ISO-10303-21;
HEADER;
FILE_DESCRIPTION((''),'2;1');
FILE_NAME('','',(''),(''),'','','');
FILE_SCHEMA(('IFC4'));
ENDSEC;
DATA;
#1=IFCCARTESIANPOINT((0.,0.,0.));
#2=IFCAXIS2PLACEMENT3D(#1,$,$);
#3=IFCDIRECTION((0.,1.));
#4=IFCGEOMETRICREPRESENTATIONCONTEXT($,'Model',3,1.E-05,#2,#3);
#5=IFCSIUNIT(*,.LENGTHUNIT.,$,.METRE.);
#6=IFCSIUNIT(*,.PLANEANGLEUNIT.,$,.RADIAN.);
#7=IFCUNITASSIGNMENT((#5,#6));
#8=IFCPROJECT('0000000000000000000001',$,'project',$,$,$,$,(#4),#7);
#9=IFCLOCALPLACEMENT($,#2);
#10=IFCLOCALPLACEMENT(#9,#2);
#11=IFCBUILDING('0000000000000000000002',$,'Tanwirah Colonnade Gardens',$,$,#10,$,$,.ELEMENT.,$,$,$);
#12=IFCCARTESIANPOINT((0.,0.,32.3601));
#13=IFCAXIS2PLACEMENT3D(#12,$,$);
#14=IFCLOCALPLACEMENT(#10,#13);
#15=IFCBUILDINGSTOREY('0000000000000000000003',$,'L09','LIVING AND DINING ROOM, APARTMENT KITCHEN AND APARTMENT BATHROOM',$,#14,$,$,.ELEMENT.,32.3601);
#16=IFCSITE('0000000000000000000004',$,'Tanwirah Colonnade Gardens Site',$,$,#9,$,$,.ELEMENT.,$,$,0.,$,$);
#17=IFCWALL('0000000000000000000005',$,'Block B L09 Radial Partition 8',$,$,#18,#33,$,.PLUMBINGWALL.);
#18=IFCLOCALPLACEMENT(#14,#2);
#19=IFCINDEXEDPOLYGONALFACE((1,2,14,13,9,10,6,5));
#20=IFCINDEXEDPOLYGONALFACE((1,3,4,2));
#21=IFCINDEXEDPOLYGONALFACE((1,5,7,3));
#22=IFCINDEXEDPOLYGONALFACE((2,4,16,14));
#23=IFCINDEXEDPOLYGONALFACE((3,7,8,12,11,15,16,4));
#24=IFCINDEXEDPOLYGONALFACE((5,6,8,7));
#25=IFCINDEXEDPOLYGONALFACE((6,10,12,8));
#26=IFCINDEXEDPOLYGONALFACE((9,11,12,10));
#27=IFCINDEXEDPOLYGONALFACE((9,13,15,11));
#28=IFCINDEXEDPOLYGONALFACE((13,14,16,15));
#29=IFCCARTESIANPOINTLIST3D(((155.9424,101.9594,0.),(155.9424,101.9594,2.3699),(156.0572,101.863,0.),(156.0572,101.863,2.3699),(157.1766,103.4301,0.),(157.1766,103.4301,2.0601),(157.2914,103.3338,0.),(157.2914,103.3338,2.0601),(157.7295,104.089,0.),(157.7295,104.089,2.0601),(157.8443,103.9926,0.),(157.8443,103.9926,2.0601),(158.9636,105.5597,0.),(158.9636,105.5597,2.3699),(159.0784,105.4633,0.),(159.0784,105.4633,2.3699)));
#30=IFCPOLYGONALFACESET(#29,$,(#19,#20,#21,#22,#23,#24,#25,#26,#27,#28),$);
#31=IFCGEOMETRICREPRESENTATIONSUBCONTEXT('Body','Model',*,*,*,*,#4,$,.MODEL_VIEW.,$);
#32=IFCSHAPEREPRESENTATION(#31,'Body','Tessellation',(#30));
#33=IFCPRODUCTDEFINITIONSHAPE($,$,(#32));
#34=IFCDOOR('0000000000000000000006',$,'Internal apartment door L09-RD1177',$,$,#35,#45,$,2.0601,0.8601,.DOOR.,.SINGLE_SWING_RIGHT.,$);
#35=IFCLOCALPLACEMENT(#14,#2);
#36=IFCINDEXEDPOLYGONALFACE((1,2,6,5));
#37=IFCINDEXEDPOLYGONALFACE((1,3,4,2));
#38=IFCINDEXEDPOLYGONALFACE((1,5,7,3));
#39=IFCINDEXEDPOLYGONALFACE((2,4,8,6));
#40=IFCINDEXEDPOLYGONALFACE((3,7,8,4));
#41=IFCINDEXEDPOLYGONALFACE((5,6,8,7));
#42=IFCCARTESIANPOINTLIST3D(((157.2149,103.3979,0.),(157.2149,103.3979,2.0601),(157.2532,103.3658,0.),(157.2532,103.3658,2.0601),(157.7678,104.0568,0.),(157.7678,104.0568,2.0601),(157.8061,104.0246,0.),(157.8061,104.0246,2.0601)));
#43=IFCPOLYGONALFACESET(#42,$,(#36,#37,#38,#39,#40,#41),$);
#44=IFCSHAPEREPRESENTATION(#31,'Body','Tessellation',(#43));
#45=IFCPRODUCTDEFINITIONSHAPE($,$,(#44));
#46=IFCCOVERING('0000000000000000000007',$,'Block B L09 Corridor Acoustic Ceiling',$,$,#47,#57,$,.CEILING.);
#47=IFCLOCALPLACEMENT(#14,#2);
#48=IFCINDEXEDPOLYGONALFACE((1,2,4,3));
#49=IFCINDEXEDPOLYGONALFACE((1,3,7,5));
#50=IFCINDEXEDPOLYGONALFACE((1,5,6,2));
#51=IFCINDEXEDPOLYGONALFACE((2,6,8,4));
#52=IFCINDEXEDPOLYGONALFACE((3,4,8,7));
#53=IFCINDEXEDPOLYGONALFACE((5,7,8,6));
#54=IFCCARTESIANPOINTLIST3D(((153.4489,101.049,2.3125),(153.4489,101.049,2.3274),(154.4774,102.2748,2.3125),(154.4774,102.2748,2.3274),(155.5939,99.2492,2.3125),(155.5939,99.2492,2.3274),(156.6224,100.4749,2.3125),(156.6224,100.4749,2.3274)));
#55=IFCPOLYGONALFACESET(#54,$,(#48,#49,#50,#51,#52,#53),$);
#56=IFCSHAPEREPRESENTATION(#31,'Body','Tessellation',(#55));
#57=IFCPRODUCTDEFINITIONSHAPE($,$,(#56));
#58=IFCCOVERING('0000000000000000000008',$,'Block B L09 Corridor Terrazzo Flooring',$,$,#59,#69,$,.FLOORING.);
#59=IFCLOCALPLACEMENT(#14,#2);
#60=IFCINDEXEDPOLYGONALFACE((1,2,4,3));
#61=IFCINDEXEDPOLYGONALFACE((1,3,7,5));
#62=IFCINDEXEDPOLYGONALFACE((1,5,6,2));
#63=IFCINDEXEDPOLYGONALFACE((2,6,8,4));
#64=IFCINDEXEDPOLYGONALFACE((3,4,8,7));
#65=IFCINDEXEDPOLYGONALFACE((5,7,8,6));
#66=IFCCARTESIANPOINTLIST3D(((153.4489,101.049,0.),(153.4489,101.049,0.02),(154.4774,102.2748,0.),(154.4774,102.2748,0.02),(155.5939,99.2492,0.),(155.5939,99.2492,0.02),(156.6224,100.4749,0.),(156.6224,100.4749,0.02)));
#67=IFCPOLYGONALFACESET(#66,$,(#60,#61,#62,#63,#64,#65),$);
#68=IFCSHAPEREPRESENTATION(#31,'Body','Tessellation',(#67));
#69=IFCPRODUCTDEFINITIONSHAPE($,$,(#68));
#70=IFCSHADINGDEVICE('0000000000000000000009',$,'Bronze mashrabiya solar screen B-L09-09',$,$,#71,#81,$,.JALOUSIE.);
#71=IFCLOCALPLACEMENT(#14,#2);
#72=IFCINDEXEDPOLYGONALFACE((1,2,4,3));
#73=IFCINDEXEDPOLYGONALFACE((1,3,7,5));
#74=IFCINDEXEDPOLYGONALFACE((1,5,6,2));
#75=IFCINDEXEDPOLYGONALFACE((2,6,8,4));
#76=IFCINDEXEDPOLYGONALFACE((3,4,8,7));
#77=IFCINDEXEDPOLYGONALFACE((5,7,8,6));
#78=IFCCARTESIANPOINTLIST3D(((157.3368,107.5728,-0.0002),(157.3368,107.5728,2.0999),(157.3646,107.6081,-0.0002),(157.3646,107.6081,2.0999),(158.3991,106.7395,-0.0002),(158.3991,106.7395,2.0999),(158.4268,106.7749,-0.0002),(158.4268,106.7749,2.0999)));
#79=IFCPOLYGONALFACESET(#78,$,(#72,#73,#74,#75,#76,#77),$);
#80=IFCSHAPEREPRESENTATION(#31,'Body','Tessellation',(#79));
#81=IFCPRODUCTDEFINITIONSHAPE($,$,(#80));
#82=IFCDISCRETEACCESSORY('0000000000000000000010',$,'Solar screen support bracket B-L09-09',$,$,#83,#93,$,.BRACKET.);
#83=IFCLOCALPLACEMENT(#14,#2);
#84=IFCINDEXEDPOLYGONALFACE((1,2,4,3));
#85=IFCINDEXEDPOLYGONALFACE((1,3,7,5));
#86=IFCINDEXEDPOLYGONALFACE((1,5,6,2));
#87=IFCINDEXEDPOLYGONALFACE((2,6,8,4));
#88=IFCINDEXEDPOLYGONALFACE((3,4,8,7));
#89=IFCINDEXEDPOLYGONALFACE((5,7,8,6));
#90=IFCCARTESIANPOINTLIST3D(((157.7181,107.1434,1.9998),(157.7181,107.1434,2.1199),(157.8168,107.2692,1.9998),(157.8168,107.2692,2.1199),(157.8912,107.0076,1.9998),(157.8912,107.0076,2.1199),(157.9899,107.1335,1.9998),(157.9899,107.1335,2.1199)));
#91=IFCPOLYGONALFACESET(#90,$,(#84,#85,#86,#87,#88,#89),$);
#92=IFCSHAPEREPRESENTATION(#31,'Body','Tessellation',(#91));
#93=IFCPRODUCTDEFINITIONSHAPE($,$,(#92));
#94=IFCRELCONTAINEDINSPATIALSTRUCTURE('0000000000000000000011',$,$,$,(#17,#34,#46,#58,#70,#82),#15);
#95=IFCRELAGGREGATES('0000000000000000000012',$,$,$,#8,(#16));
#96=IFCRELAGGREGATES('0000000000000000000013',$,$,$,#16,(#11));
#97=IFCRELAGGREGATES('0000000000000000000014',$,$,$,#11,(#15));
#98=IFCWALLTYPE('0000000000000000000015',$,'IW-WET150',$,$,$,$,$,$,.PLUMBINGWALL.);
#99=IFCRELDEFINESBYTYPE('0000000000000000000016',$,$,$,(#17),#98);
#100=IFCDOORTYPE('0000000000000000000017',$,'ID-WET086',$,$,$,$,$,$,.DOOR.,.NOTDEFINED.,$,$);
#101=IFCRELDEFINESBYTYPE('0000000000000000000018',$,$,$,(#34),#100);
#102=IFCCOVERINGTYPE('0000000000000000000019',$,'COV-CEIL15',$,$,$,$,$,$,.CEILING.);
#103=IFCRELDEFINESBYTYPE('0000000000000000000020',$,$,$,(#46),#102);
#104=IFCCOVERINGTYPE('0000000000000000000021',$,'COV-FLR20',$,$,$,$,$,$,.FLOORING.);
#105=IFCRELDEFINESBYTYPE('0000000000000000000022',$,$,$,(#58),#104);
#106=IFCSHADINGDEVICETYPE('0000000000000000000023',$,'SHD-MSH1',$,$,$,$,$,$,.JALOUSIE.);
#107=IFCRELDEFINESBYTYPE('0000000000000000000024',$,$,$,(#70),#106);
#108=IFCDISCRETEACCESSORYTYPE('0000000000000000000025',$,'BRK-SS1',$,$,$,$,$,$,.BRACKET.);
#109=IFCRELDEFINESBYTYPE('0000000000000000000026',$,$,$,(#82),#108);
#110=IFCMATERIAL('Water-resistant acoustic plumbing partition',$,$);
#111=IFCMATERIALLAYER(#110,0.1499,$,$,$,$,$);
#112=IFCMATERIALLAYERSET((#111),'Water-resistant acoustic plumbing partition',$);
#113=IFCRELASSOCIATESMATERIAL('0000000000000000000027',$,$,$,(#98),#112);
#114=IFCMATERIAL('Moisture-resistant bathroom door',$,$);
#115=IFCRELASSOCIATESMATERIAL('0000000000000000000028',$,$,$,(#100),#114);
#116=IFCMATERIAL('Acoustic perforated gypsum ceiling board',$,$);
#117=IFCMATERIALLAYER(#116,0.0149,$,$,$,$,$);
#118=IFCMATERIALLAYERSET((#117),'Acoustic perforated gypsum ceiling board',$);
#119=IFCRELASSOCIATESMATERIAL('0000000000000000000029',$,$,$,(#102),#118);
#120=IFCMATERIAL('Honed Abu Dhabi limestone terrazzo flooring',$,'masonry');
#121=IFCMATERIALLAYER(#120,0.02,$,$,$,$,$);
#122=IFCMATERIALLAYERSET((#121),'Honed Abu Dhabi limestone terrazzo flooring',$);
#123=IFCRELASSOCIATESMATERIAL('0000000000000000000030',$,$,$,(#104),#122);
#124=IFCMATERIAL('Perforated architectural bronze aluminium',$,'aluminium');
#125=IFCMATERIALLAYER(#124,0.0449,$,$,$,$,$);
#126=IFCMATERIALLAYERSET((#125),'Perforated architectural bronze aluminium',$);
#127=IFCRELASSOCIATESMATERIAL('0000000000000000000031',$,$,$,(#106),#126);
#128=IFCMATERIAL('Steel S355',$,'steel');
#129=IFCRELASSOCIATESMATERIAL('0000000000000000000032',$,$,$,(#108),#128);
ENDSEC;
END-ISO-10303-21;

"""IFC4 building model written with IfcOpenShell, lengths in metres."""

from ifc_helpers import new_model, si_unit, direction, frame, frame_2d, origin, origin_2d, place, context, subcontext, project, spatial, rectangle, extrude, material, layer, layer_set, type_object, element, fill, save


model = new_model("IFC4")

# Units and contexts
model_context = context("Model", 3, precision=1e-05, world=origin(), true_north=direction((0.0, 1.0)))
body_context = subcontext(model_context, "Body", "Model", "MODEL_VIEW")
ifc_project = project(units=[si_unit("LENGTHUNIT", "METRE"), si_unit("PLANEANGLEUNIT", "RADIAN")], contexts=[model_context])

# Site, building, storey
site_placement = place(None, origin())
site = spatial("IfcSite", under=ifc_project, at=site_placement, Name="Tanwirah Colonnade Gardens Site", CompositionType="ELEMENT", RefElevation=0.0)
building_placement = place(site_placement, origin())
building = spatial("IfcBuilding", under=site, at=building_placement, Name="Tanwirah Colonnade Gardens", CompositionType="ELEMENT")
storey_placement = place(building_placement, frame((0.0, 0.0, 32.3601)))
storey = spatial("IfcBuildingStorey", under=building, at=storey_placement, Name="L09", Description="LIVING AND DINING ROOM, APARTMENT KITCHEN AND APARTMENT BATHROOM", CompositionType="ELEMENT", Elevation=32.3601)

# Wall, opening, door
ifc_material_1 = material(Name="Water-resistant acoustic plumbing partition")
ifc_layer_1 = layer(ifc_material_1, 0.1499)
ifc_layer_set_1 = layer_set([ifc_layer_1], Name="Water-resistant acoustic plumbing partition")
wall_type_1 = type_object("IfcWallType", Name="IW-WET150", PredefinedType="PLUMBINGWALL", material=ifc_layer_set_1)
wall_1_placement = place(storey_placement, frame((155.9998, 101.9111, 0.0), z_axis=(0.0, 0.0, 1.0), x_axis=(0.642812, 0.766024, 0.0)))
wall_1 = element("IfcWall", 1, at=wall_1_placement, inside=storey, type_object=wall_type_1, Name="Block B L09 Radial Partition 8", PredefinedType="PLUMBINGWALL", context=body_context, shape_type="SweptSolid", body=[
    extrude(rectangle(XDim=4.7, YDim=0.1499, at=frame_2d((2.3501, 0.0))), origin(), (0.0, 0.0, 1.0), 2.3699),
])
opening_1_placement = place(wall_1_placement, frame((1.9199, 0.0, 0.0)))
opening_1 = element("IfcOpeningElement", 2, at=opening_1_placement, cuts=wall_1, PredefinedType="OPENING", context=body_context, shape_type="SweptSolid", body=[
    extrude(rectangle(XDim=0.8601, YDim=2.0601, at=frame_2d((0.4302, 1.03))), frame((0.0, 0.085, 0.0), z_axis=(0.0, -1.0, 0.0), x_axis=(1.0, 0.0, 0.0)), (0.0, 0.0, 1.0), 0.1699),
])
ifc_material_2 = material(Name="Moisture-resistant bathroom door")
door_type_1 = type_object("IfcDoorType", Name="ID-WET086", OperationType="NOTDEFINED", PredefinedType="DOOR", material=ifc_material_2)
door_1_placement = place(opening_1_placement, origin())
door_1 = element("IfcDoor", 3, at=door_1_placement, inside=storey, type_object=door_type_1, Name="Internal apartment door L09-RD1177", OperationType="SINGLE_SWING_RIGHT", OverallHeight=2.0601, OverallWidth=0.8601, PredefinedType="DOOR", context=body_context, shape_type="SweptSolid", body=[
    extrude(rectangle(XDim=0.8601, YDim=2.0601, at=frame_2d((0.4302, 1.03))), frame((0.0, 0.0249, 0.0), z_axis=(0.0, -1.0, 0.0), x_axis=(1.0, 0.0, 0.0)), (0.0, 0.0, 1.0), 0.05),
])
fill(opening_1, door_1)

# Coverings
ifc_material_3 = material(Name="Acoustic perforated gypsum ceiling board")
ifc_layer_2 = layer(ifc_material_3, 0.0149)
ifc_layer_set_2 = layer_set([ifc_layer_2], Name="Acoustic perforated gypsum ceiling board")
covering_type_1 = type_object("IfcCoveringType", Name="COV-CEIL15", PredefinedType="CEILING", material=ifc_layer_set_2)
covering_1_placement = place(storey_placement, frame((155.0356, 100.762, 2.3125), z_axis=(0.0, 0.0, 1.0), x_axis=(-0.766044, 0.642788, 0.0)))
element("IfcCovering", 4, at=covering_1_placement, inside=storey, type_object=covering_type_1, Name="Block B L09 Corridor Acoustic Ceiling", PredefinedType="CEILING", context=body_context, shape_type="SweptSolid", body=[
    extrude(rectangle(XDim=2.8, YDim=1.6001, at=origin_2d()), origin(), (0.0, 0.0, 1.0), 0.0149),
])
ifc_material_4 = material(Name="Honed Abu Dhabi limestone terrazzo flooring", Category="masonry")
ifc_layer_3 = layer(ifc_material_4, 0.02)
ifc_layer_set_3 = layer_set([ifc_layer_3], Name="Honed Abu Dhabi limestone terrazzo flooring")
covering_type_2 = type_object("IfcCoveringType", Name="COV-FLR20", PredefinedType="FLOORING", material=ifc_layer_set_3)
covering_2_placement = place(storey_placement, frame((155.0356, 100.762, 0.0), z_axis=(0.0, 0.0, 1.0), x_axis=(-0.766044, 0.642788, 0.0)))
element("IfcCovering", 5, at=covering_2_placement, inside=storey, type_object=covering_type_2, Name="Block B L09 Corridor Terrazzo Flooring", PredefinedType="FLOORING", context=body_context, shape_type="SweptSolid", body=[
    extrude(rectangle(XDim=2.8, YDim=1.6001, at=origin_2d()), origin(), (0.0, 0.0, 1.0), 0.02),
])

# Shading device
ifc_material_5 = material(Name="Perforated architectural bronze aluminium", Category="aluminium")
ifc_layer_4 = layer(ifc_material_5, 0.0449)
ifc_layer_set_4 = layer_set([ifc_layer_4], Name="Perforated architectural bronze aluminium")
shading_device_type = type_object("IfcShadingDeviceType", Name="SHD-MSH1", PredefinedType="JALOUSIE", material=ifc_layer_set_4)
shading_device_placement = place(storey_placement, frame((157.8818, 107.1738, -0.0002), z_axis=(0.0, 0.0, 1.0), x_axis=(-0.786816, 0.617188, 0.0)))
element("IfcShadingDevice", 6, at=shading_device_placement, inside=storey, type_object=shading_device_type, Name="Bronze mashrabiya solar screen B-L09-09", PredefinedType="JALOUSIE", context=body_context, shape_type="SweptSolid", body=[
    extrude(rectangle(XDim=1.3501, YDim=0.0449, at=origin_2d()), origin(), (0.0, 0.0, 1.0), 2.1001),
])

# Discrete accessory
ifc_material_6 = material(Name="Steel S355", Category="steel")
discrete_accessory_type = type_object("IfcDiscreteAccessoryType", Name="BRK-SS1", PredefinedType="BRACKET", material=ifc_material_6)
discrete_accessory_placement = place(storey_placement, frame((157.854, 107.1384, 1.9998), z_axis=(0.0, 0.0, 1.0), x_axis=(-0.786816, 0.617188, 0.0)))
element("IfcDiscreteAccessory", 7, at=discrete_accessory_placement, inside=storey, type_object=discrete_accessory_type, Name="Solar screen support bracket B-L09-09", PredefinedType="BRACKET", context=body_context, shape_type="SweptSolid", body=[
    extrude(rectangle(XDim=0.22, YDim=0.1599, at=origin_2d()), origin(), (0.0, 0.0, 1.0), 0.1201),
])

save(model, "model.ifc")
